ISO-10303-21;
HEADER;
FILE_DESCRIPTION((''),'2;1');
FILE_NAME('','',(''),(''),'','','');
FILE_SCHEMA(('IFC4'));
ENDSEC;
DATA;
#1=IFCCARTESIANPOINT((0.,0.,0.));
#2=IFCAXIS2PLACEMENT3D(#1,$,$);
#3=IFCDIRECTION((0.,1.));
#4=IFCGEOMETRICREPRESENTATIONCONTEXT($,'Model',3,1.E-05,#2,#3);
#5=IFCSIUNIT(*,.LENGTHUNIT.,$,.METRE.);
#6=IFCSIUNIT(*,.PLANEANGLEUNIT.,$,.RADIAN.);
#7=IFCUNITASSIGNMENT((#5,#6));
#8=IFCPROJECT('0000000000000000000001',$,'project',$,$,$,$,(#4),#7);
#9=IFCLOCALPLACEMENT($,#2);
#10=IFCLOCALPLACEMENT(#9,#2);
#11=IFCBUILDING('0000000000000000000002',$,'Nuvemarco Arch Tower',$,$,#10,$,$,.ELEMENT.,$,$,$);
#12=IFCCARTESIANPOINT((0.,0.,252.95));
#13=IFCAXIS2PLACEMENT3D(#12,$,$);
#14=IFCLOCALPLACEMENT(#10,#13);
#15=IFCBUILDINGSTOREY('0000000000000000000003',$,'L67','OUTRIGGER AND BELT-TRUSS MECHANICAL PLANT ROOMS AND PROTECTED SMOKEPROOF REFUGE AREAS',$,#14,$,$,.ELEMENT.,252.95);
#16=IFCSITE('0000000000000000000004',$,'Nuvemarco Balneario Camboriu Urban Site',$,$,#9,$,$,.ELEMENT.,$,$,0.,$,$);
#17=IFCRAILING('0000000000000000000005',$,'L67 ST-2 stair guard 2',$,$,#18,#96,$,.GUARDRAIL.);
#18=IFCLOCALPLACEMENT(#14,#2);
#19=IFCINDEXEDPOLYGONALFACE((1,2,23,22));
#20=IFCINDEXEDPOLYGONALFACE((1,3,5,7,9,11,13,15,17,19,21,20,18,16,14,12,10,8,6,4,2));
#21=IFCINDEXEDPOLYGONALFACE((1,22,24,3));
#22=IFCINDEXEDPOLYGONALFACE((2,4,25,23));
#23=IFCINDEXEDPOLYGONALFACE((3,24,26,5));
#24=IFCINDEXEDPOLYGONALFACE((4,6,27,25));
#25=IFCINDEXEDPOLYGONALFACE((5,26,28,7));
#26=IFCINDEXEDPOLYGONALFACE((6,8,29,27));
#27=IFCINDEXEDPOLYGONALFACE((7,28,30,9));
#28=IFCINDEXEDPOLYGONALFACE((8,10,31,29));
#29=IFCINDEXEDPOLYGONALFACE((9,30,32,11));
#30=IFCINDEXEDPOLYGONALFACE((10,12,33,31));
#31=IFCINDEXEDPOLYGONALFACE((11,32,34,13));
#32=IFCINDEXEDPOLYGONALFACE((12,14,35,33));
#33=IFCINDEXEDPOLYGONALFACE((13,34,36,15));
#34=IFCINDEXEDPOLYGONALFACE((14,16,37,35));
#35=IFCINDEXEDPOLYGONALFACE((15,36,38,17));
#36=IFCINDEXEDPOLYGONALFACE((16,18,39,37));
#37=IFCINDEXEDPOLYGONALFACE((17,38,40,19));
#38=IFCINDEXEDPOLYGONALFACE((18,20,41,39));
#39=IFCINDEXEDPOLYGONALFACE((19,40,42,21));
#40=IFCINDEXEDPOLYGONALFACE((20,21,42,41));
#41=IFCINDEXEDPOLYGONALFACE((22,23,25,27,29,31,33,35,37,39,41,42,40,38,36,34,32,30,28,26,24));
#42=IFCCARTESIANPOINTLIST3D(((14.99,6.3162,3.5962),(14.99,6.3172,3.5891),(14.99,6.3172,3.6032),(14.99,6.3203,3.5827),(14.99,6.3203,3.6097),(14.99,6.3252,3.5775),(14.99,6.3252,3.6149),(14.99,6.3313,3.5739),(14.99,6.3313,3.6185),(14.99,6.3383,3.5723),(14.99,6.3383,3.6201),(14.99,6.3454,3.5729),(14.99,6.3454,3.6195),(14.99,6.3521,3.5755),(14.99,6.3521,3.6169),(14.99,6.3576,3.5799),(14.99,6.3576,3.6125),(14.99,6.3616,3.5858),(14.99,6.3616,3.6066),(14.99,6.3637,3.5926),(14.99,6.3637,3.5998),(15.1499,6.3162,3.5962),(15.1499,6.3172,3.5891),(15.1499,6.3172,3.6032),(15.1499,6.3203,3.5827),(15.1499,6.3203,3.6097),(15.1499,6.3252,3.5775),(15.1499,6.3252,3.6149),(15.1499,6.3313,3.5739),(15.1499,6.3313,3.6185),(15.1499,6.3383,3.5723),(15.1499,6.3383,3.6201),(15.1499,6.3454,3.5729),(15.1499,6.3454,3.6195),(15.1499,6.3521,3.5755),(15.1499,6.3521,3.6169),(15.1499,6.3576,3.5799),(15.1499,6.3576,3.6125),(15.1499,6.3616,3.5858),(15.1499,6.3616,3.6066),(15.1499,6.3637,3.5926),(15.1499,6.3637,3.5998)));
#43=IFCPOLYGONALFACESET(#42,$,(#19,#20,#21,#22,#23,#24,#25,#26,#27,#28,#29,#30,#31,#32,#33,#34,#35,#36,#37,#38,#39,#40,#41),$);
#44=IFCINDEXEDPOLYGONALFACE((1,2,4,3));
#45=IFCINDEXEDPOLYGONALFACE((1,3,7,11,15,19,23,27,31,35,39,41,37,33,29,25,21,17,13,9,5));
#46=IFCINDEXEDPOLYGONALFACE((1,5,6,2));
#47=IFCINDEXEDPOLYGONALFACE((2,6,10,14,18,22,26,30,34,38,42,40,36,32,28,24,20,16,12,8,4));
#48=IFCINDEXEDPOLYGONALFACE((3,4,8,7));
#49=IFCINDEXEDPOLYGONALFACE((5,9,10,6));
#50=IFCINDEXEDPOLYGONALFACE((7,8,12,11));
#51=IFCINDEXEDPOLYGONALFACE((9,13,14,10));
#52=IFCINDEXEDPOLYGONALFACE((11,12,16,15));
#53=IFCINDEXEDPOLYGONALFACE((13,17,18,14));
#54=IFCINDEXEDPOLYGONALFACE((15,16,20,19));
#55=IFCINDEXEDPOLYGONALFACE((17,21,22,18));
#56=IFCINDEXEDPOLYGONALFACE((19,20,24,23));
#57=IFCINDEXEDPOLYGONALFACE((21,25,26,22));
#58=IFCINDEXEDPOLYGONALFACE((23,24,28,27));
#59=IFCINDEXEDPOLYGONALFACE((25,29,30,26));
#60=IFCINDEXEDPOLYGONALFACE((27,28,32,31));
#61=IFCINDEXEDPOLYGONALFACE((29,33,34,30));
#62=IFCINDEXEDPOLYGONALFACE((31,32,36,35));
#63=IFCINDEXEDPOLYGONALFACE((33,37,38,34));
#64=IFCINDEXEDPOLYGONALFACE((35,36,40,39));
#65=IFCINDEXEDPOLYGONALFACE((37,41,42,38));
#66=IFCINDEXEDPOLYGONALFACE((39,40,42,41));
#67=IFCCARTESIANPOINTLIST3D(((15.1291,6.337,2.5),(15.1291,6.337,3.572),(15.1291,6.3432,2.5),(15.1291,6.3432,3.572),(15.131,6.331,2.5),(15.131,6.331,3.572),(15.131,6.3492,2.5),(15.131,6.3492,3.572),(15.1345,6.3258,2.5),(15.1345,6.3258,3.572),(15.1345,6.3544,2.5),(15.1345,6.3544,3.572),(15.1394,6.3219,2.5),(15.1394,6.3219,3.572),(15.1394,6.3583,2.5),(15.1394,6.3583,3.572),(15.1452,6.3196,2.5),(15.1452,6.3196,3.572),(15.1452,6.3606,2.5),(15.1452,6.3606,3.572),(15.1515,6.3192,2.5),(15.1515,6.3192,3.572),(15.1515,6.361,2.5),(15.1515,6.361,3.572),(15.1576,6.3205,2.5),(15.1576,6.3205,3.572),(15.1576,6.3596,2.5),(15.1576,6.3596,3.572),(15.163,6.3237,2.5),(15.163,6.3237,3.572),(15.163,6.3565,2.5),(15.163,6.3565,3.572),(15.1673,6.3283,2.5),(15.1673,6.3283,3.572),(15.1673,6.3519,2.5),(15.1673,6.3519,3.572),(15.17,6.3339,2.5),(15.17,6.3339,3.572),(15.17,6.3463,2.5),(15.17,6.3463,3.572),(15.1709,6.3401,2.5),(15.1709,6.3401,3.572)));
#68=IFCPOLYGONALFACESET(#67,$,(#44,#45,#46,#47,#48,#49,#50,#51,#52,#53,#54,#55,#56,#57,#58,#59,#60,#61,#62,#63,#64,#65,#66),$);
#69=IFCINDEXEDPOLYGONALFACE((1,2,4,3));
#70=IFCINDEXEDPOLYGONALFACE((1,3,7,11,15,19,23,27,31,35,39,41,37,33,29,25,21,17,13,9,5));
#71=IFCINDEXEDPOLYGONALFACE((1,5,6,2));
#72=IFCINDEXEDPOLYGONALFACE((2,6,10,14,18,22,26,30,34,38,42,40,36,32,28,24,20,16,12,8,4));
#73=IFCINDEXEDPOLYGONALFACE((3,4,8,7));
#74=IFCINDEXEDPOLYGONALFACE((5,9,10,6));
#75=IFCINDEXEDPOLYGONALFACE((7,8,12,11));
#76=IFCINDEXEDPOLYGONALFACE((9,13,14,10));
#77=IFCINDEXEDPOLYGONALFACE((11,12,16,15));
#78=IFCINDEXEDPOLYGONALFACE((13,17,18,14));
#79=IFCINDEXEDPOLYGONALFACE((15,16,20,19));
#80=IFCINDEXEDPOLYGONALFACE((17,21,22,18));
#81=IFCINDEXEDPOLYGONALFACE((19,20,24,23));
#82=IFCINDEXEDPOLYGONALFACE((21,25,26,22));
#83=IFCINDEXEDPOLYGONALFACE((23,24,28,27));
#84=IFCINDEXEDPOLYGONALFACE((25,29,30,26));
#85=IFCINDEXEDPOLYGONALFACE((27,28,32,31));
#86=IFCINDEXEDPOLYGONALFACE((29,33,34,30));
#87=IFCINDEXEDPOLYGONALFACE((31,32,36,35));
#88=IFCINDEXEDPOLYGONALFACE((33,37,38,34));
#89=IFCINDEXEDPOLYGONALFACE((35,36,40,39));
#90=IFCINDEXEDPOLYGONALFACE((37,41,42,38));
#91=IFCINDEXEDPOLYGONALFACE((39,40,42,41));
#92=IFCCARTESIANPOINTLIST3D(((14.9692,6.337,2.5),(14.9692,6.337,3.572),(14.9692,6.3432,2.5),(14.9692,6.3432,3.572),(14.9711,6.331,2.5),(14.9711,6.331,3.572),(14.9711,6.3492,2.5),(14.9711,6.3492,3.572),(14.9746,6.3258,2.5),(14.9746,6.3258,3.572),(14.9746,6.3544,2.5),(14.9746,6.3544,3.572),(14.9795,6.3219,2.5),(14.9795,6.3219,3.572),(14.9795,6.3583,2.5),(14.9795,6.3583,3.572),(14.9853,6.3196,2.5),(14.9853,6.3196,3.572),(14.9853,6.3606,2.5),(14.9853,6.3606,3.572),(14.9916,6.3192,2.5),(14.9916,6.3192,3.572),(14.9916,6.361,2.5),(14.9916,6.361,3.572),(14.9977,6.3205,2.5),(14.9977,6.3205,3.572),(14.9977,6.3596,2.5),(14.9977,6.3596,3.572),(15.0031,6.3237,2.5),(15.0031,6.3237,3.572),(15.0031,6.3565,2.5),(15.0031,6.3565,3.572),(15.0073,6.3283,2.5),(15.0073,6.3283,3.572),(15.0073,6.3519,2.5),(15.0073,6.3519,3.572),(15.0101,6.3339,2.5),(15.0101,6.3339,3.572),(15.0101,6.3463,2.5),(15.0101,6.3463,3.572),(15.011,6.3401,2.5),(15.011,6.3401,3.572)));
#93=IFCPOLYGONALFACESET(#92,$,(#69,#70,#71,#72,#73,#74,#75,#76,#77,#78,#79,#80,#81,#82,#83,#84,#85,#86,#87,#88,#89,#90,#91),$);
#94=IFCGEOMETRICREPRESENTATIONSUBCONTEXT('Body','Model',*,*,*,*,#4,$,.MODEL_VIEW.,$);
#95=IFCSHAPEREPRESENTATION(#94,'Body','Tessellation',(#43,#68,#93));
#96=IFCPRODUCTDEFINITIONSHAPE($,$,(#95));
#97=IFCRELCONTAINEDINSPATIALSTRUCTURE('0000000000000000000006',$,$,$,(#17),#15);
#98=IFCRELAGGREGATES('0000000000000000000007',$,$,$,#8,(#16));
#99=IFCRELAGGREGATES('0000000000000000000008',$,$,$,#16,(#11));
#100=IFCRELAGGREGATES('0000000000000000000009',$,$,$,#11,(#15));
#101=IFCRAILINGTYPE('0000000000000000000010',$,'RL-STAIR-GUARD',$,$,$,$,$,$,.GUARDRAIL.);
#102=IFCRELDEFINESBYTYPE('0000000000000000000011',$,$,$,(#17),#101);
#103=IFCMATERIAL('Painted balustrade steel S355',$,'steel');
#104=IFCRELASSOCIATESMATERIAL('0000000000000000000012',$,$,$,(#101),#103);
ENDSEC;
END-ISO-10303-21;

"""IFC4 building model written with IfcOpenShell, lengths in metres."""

from ifc_helpers import new_model, si_unit, direction, frame, origin, origin_2d, place, context, subcontext, project, spatial, circle, extrude, material, type_object, element, save


model = new_model("IFC4")

# Units and contexts
model_context = context("Model", 3, precision=1e-05, world=origin(), true_north=direction((0.0, 1.0)))
body_context = subcontext(model_context, "Body", "Model", "MODEL_VIEW")
ifc_project = project(units=[si_unit("LENGTHUNIT", "METRE"), si_unit("PLANEANGLEUNIT", "RADIAN")], contexts=[model_context])

# Site, building, storey
site_placement = place(None, origin())
site = spatial("IfcSite", under=ifc_project, at=site_placement, Name="Nuvemarco Balneario Camboriu Urban Site", CompositionType="ELEMENT", RefElevation=0.0)
building_placement = place(site_placement, origin())
building = spatial("IfcBuilding", under=site, at=building_placement, Name="Nuvemarco Arch Tower", CompositionType="ELEMENT")
storey_placement = place(building_placement, frame((0.0, 0.0, 252.95)))
storey = spatial("IfcBuildingStorey", under=building, at=storey_placement, Name="L67", Description="OUTRIGGER AND BELT-TRUSS MECHANICAL PLANT ROOMS AND PROTECTED SMOKEPROOF REFUGE AREAS", CompositionType="ELEMENT", Elevation=252.95)

# Railing
ifc_material_1 = material(Name="Painted balustrade steel S355", Category="steel")
railing_type_1 = type_object("IfcRailingType", Name="RL-STAIR-GUARD", PredefinedType="GUARDRAIL", material=ifc_material_1)
railing_1_placement = place(storey_placement, frame((15.1499, 6.3401, 2.5)))
element("IfcRailing", 1, at=railing_1_placement, inside=storey, type_object=railing_type_1, Name="L67 ST-2 stair guard 2", PredefinedType="GUARDRAIL", context=body_context, shape_type="SweptSolid", body=[
    extrude(circle(Radius=0.0239, at=origin_2d()), frame((0.0, 0.0, 1.0962), z_axis=(-1.0, 0.0, 0.0), x_axis=(0.0, -1.0, 0.0)), (0.0, 0.0, 1.0), 0.1599),
    extrude(circle(Radius=0.021, at=origin_2d()), origin(), (0.0, 0.0, 1.0), 1.072),
    extrude(circle(Radius=0.021, at=origin_2d()), frame((-0.1599, 0.0, 0.0)), (0.0, 0.0, 1.0), 1.072),
])

save(model, "model.ifc")
